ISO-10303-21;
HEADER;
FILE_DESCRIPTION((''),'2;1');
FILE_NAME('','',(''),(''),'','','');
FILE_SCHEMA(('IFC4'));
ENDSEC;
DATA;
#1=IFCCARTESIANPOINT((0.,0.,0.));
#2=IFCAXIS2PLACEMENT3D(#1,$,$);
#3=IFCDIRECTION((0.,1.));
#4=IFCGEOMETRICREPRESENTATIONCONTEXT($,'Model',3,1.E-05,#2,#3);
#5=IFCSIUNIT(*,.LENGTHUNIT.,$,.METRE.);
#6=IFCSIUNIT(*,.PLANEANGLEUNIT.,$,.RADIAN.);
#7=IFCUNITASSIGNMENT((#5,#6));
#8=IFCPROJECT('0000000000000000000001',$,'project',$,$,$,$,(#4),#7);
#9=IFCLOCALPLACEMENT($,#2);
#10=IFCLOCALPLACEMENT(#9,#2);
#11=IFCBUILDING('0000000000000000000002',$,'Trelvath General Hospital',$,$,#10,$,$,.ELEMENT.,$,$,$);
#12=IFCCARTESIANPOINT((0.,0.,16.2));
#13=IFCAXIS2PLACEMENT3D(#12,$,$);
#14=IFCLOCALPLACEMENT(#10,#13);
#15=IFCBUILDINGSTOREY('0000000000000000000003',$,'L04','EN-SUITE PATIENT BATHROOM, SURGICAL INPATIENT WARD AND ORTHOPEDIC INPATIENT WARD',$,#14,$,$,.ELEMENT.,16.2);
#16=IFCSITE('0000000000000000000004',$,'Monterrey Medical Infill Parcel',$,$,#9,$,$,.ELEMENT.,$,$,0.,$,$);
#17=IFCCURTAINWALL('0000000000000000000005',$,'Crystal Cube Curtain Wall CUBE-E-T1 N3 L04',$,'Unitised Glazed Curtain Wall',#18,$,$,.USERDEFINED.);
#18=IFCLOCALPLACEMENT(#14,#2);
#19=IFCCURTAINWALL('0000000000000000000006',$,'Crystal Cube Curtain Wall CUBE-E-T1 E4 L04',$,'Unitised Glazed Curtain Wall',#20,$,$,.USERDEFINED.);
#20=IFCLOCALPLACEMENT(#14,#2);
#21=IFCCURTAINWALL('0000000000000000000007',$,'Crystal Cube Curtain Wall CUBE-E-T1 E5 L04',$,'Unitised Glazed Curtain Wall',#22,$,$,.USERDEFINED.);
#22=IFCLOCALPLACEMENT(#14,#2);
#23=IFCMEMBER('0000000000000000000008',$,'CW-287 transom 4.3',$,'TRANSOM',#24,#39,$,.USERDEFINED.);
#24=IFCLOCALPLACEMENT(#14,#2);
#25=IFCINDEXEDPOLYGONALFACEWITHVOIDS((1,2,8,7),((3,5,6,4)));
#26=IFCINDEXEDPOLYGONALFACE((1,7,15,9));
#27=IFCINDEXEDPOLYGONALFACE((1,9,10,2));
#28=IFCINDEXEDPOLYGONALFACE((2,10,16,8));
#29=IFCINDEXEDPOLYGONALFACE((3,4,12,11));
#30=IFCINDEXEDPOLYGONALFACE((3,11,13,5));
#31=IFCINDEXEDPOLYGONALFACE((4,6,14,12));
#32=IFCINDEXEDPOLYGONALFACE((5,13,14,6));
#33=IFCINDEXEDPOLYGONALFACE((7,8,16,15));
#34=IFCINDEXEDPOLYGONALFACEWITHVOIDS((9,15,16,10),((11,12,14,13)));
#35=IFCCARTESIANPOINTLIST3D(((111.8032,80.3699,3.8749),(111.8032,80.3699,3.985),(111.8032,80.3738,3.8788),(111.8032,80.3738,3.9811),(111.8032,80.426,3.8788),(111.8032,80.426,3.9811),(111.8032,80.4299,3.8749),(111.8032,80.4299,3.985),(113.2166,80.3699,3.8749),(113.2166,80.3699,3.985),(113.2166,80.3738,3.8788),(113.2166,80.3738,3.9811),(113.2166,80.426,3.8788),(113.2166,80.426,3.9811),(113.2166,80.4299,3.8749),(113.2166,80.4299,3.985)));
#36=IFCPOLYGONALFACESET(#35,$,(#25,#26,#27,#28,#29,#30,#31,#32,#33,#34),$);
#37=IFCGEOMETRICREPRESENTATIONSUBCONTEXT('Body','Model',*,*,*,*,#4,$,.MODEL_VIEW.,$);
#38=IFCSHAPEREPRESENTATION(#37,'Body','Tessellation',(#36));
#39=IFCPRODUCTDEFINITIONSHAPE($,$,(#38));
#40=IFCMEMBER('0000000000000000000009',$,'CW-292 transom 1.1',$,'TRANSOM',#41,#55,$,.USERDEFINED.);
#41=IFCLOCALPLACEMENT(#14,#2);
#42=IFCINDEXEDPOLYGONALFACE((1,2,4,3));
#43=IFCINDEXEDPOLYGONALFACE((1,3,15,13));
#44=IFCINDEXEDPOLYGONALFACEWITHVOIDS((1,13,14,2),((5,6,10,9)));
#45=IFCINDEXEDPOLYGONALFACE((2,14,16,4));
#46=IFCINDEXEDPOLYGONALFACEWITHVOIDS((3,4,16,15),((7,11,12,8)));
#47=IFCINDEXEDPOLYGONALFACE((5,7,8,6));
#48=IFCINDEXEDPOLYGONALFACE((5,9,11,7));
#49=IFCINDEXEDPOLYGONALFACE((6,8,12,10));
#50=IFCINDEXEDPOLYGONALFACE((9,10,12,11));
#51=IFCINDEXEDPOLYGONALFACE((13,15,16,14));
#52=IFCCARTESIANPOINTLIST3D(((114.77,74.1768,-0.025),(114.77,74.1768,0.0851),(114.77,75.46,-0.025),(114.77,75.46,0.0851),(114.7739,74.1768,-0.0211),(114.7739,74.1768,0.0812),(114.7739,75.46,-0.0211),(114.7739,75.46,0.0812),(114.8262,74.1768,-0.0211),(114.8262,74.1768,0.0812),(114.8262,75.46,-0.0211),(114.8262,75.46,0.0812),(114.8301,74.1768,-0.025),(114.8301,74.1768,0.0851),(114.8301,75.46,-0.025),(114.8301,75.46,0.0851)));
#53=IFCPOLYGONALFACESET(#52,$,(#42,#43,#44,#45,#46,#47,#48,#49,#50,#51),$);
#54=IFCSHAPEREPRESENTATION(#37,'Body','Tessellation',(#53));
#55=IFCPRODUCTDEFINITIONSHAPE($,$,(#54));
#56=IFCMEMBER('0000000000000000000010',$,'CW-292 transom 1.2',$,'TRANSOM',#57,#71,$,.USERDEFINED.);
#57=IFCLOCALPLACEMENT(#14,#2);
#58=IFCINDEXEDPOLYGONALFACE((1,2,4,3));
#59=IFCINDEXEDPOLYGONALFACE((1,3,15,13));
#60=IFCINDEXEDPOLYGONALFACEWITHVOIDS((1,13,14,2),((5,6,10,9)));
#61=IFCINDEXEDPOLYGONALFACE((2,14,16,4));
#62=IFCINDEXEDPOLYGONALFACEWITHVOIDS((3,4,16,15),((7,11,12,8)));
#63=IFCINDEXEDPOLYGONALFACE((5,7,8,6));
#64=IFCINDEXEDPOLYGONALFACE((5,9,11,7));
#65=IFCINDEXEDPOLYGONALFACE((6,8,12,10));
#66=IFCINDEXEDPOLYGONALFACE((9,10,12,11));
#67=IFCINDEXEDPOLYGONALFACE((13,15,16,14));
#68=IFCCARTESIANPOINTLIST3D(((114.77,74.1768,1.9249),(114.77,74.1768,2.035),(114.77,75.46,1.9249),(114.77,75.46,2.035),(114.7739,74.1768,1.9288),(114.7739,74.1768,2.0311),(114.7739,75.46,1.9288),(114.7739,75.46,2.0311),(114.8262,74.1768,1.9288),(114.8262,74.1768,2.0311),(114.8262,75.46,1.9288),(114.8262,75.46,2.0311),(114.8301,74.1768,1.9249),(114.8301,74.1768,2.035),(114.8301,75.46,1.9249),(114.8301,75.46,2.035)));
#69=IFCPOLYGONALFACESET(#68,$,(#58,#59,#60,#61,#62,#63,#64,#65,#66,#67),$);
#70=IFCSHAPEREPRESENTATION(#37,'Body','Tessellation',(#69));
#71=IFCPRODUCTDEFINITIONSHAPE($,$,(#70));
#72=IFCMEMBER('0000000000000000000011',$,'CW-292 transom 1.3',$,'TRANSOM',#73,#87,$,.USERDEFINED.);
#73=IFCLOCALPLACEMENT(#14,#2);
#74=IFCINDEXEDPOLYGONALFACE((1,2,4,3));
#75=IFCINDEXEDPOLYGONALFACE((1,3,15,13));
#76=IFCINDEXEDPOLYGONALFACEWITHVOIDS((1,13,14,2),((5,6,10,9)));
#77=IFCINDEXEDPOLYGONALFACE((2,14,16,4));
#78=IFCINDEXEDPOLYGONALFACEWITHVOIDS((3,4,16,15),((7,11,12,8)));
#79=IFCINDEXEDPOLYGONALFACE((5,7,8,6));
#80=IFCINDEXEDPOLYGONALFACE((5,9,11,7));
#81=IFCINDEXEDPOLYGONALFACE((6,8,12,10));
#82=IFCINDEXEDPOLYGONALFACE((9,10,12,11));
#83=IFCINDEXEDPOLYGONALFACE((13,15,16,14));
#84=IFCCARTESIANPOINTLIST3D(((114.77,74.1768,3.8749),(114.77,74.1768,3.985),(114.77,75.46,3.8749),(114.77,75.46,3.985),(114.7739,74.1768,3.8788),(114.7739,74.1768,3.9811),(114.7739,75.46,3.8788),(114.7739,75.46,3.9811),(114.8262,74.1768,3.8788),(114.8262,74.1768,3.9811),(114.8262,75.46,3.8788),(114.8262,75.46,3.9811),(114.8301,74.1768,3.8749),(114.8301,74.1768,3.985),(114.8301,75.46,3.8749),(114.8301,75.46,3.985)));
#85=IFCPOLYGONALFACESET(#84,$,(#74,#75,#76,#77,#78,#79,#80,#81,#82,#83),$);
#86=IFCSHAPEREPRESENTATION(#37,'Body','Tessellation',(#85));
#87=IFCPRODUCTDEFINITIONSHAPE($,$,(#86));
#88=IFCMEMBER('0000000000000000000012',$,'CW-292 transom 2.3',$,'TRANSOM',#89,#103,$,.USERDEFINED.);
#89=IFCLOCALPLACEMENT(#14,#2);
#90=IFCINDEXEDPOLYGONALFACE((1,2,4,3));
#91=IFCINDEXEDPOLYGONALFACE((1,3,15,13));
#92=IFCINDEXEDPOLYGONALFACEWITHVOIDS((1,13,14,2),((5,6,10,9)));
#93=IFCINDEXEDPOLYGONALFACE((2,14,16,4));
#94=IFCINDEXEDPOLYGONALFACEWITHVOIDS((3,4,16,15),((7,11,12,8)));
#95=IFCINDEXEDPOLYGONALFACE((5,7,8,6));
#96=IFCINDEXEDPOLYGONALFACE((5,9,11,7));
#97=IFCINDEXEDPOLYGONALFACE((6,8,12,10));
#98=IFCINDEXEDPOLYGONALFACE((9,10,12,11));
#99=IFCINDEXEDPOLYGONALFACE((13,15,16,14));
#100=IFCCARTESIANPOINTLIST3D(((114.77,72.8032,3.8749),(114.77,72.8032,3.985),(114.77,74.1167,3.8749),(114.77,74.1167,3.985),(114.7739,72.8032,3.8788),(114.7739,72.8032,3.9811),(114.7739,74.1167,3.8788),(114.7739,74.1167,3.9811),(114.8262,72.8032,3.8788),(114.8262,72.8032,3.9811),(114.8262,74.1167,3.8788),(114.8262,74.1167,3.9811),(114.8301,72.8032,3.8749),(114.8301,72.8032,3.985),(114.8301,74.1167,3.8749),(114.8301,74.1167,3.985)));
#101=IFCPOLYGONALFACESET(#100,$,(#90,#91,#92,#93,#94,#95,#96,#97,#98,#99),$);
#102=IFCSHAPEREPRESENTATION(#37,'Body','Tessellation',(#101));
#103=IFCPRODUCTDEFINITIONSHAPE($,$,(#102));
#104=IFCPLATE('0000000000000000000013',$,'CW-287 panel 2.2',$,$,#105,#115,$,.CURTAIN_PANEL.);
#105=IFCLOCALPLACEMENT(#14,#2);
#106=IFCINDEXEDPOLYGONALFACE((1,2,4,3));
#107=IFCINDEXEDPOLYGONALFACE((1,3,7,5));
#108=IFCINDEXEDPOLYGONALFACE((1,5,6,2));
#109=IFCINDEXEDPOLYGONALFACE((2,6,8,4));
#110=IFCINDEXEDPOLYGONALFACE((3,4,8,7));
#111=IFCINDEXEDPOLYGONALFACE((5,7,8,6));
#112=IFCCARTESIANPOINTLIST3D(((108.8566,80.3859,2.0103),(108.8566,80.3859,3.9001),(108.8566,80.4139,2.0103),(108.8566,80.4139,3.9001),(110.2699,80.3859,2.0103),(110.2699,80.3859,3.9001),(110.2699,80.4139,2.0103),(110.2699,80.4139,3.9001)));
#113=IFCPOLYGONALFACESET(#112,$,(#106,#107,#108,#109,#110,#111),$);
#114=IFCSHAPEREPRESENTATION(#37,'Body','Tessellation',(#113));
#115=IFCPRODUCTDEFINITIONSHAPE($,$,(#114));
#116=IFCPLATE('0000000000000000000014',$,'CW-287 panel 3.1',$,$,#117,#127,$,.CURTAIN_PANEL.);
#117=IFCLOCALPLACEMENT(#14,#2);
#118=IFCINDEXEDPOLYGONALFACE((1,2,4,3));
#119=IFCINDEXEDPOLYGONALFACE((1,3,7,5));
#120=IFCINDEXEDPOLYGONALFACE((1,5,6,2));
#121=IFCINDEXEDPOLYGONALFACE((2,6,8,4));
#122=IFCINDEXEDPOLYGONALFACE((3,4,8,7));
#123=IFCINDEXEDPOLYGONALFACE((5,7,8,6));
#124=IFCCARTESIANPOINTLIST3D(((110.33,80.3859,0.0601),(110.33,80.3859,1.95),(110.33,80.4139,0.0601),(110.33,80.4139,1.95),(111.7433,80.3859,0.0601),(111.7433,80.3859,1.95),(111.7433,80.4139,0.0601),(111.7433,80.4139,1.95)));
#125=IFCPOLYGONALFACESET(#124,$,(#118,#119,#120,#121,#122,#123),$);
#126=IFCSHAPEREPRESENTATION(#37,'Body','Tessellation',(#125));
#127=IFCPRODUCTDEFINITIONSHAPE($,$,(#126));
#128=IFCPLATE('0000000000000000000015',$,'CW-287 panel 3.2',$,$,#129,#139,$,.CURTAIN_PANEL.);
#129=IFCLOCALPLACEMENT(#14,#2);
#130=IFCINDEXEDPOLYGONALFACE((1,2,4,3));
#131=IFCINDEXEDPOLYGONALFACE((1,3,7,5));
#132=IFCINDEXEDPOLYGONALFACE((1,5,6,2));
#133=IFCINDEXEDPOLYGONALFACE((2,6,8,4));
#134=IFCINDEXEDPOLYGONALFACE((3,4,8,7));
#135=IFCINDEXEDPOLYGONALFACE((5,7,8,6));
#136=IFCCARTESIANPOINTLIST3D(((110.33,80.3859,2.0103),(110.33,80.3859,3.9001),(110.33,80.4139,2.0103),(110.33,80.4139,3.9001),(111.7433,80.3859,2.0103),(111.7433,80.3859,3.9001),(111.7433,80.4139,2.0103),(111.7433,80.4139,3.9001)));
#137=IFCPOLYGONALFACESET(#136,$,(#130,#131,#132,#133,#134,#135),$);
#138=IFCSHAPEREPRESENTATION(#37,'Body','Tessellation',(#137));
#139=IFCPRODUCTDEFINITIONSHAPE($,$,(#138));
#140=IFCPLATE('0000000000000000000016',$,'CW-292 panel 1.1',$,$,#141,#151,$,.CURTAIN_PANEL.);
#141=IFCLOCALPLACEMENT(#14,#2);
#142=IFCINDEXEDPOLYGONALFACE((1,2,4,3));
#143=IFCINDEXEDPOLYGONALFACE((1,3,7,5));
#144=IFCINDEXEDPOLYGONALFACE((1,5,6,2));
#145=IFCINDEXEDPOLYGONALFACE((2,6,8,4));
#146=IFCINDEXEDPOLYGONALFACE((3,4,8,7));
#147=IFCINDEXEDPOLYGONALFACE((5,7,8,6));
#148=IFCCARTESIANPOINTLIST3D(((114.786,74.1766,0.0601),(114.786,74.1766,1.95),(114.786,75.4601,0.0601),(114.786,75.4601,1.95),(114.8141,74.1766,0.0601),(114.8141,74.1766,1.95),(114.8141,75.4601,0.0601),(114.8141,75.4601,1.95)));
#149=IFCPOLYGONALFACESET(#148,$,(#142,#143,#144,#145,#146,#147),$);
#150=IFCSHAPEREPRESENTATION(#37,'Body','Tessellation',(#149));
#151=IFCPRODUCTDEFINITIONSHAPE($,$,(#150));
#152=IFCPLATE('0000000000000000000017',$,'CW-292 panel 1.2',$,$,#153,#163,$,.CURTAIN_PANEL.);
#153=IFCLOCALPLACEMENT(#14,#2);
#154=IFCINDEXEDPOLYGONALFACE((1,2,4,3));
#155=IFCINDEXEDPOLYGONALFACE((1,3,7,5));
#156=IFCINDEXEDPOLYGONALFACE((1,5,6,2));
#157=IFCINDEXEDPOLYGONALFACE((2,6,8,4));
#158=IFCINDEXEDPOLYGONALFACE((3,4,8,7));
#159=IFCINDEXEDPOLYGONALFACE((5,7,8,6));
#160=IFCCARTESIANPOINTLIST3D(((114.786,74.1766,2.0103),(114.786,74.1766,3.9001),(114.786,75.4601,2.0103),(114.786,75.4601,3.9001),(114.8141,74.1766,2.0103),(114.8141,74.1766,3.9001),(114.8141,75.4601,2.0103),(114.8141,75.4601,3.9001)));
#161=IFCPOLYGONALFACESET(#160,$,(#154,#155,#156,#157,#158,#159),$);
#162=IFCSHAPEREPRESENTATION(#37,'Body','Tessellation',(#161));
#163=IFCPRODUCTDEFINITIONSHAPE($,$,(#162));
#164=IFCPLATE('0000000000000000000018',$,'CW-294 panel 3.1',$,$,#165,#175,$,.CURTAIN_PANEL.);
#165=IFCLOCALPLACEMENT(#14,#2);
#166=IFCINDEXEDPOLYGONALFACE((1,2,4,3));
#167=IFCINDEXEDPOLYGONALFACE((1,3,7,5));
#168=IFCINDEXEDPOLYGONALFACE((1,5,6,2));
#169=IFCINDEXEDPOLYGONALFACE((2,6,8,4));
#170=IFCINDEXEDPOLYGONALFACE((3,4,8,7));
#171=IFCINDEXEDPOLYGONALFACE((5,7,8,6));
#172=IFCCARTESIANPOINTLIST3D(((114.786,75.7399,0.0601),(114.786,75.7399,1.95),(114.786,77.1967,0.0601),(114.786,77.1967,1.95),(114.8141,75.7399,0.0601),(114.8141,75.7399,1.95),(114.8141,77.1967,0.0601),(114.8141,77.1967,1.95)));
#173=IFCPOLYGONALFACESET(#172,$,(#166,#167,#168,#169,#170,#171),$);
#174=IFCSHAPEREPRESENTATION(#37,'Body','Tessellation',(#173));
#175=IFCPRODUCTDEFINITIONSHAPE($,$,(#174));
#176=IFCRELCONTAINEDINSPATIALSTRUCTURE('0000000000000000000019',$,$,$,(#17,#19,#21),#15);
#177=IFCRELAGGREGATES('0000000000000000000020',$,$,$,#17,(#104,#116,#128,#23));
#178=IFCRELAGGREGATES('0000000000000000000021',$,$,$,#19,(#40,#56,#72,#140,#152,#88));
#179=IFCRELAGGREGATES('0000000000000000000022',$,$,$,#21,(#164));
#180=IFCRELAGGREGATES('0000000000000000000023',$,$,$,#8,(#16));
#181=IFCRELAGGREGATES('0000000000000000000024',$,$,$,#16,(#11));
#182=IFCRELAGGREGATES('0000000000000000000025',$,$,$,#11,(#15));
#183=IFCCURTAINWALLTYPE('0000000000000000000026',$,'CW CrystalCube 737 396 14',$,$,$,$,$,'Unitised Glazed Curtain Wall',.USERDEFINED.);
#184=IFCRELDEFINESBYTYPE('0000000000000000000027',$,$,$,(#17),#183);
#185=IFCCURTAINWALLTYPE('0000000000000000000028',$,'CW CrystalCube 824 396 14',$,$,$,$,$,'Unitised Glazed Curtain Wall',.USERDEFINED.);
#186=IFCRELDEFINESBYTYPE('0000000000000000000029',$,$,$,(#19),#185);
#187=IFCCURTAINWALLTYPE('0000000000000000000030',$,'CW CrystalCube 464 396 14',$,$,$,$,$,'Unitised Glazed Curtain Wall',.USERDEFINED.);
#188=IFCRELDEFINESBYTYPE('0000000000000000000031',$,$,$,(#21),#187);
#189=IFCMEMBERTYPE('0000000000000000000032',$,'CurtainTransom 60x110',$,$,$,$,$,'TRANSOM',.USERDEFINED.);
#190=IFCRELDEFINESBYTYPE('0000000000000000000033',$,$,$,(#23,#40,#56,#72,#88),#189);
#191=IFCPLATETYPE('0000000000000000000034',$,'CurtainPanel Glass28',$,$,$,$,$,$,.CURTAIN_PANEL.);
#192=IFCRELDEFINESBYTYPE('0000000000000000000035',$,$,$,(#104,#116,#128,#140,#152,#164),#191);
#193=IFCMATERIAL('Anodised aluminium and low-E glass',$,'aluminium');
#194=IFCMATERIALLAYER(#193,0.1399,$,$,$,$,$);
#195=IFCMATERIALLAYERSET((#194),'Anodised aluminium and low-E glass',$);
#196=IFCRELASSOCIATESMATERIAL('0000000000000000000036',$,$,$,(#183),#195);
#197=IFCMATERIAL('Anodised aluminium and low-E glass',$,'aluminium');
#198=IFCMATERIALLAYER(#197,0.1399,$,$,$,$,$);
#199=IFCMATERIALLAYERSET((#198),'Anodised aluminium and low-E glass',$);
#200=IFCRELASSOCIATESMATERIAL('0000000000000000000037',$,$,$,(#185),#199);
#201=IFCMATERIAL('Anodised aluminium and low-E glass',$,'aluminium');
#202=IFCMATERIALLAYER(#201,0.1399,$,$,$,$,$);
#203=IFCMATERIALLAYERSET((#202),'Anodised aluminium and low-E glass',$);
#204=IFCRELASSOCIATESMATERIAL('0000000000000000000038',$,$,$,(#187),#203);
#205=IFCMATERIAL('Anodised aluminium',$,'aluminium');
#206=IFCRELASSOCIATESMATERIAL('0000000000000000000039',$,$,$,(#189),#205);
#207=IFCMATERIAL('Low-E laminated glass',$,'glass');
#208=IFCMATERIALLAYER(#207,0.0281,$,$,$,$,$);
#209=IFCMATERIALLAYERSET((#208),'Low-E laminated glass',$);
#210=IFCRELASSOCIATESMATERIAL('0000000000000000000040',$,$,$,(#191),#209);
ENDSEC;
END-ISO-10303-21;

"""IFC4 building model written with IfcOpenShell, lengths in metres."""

from ifc_helpers import new_model, si_unit, direction, frame, origin, origin_2d, place, context, subcontext, project, spatial, rectangle, hollow_rectangle, extrude, material, layer, layer_set, material_profile, profile_set, type_object, element, aggregate, save


model = new_model("IFC4")

# Units and contexts
model_context = context("Model", 3, precision=1e-05, world=origin(), true_north=direction((0.0, 1.0)))
body_context = subcontext(model_context, "Body", "Model", "MODEL_VIEW")
ifc_project = project(units=[si_unit("LENGTHUNIT", "METRE"), si_unit("PLANEANGLEUNIT", "RADIAN")], contexts=[model_context])

# Site, building, storey
site_placement = place(None, origin())
site = spatial("IfcSite", under=ifc_project, at=site_placement, Name="Monterrey Medical Infill Parcel", CompositionType="ELEMENT", RefElevation=0.0)
building_placement = place(site_placement, origin())
building = spatial("IfcBuilding", under=site, at=building_placement, Name="Trelvath General Hospital", CompositionType="ELEMENT")
storey_placement = place(building_placement, frame((0.0, 0.0, 16.2)))
storey = spatial("IfcBuildingStorey", under=building, at=storey_placement, Name="L04", Description="EN-SUITE PATIENT BATHROOM, SURGICAL INPATIENT WARD AND ORTHOPEDIC INPATIENT WARD", CompositionType="ELEMENT", Elevation=16.2)

# Curtain walls
ifc_material_1 = material(Name="Anodised aluminium and low-E glass", Category="aluminium")
ifc_layer_1 = layer(ifc_material_1, 0.1399)
ifc_layer_set_1 = layer_set([ifc_layer_1], Name="Anodised aluminium and low-E glass")
curtain_wall_type_1 = type_object("IfcCurtainWallType", Name="CW CrystalCube 737 396 14", ElementType="Unitised Glazed Curtain Wall", PredefinedType="USERDEFINED", material=ifc_layer_set_1)
curtain_wall_1_placement = place(storey_placement, origin())
curtain_wall_1 = element("IfcCurtainWall", 1, at=curtain_wall_1_placement, inside=storey, type_object=curtain_wall_type_1, Name="Crystal Cube Curtain Wall CUBE-E-T1 N3 L04", ObjectType="Unitised Glazed Curtain Wall", PredefinedType="USERDEFINED")
ifc_material_2 = material(Name="Anodised aluminium and low-E glass", Category="aluminium")
ifc_layer_2 = layer(ifc_material_2, 0.1399)
ifc_layer_set_2 = layer_set([ifc_layer_2], Name="Anodised aluminium and low-E glass")
curtain_wall_type_2 = type_object("IfcCurtainWallType", Name="CW CrystalCube 824 396 14", ElementType="Unitised Glazed Curtain Wall", PredefinedType="USERDEFINED", material=ifc_layer_set_2)
curtain_wall_2_placement = place(storey_placement, origin())
curtain_wall_2 = element("IfcCurtainWall", 2, at=curtain_wall_2_placement, inside=storey, type_object=curtain_wall_type_2, Name="Crystal Cube Curtain Wall CUBE-E-T1 E4 L04", ObjectType="Unitised Glazed Curtain Wall", PredefinedType="USERDEFINED")

# Curtain wall
ifc_material_3 = material(Name="Anodised aluminium and low-E glass", Category="aluminium")
ifc_layer_3 = layer(ifc_material_3, 0.1399)
ifc_layer_set_3 = layer_set([ifc_layer_3], Name="Anodised aluminium and low-E glass")
curtain_wall_type_3 = type_object("IfcCurtainWallType", Name="CW CrystalCube 464 396 14", ElementType="Unitised Glazed Curtain Wall", PredefinedType="USERDEFINED", material=ifc_layer_set_3)
curtain_wall_3_placement = place(storey_placement, origin())
curtain_wall_3 = element("IfcCurtainWall", 3, at=curtain_wall_3_placement, inside=storey, type_object=curtain_wall_type_3, Name="Crystal Cube Curtain Wall CUBE-E-T1 E5 L04", ObjectType="Unitised Glazed Curtain Wall", PredefinedType="USERDEFINED")

# Members
ifc_material_4 = material(Name="Anodised aluminium", Category="aluminium")
ifc_material_profile_1 = material_profile(ifc_material_4, hollow_rectangle(XDim=0.0601, YDim=0.1101, WallThickness=0.0039, at=origin_2d()), Name="RHS60x110x4")
ifc_profile_set_1 = profile_set([ifc_material_profile_1], Name="Anodised aluminium")
member_type_1 = type_object("IfcMemberType", Name="CurtainTransom 60x110", ElementType="TRANSOM", PredefinedType="USERDEFINED", material=ifc_profile_set_1)
member_1_placement = place(storey_placement, frame((111.8032, 80.3999, 3.9299), z_axis=(1.0, 0.0, 0.0), x_axis=(0.0, 1.0, 0.0)))
member_1 = element("IfcMember", 4, at=member_1_placement, type_object=member_type_1, Name="CW-287 transom 4.3", ObjectType="TRANSOM", PredefinedType="USERDEFINED", context=body_context, shape_type="SweptSolid", body=[
    extrude(hollow_rectangle(XDim=0.0601, YDim=0.1101, WallThickness=0.0039, at=origin_2d()), origin(), (0.0, 0.0, 1.0), 1.4133),
])
member_2_placement = place(storey_placement, frame((114.8, 75.46, 0.03), z_axis=(0.0, -1.0, 0.0), x_axis=(1.0, 0.0, 0.0)))
member_2 = element("IfcMember", 5, at=member_2_placement, type_object=member_type_1, Name="CW-292 transom 1.1", ObjectType="TRANSOM", PredefinedType="USERDEFINED", context=body_context, shape_type="SweptSolid", body=[
    extrude(hollow_rectangle(XDim=0.0601, YDim=0.1101, WallThickness=0.0039, at=origin_2d()), origin(), (0.0, 0.0, 1.0), 1.2832),
])
member_3_placement = place(storey_placement, frame((114.8, 75.46, 1.98), z_axis=(0.0, -1.0, 0.0), x_axis=(1.0, 0.0, 0.0)))
member_3 = element("IfcMember", 6, at=member_3_placement, type_object=member_type_1, Name="CW-292 transom 1.2", ObjectType="TRANSOM", PredefinedType="USERDEFINED", context=body_context, shape_type="SweptSolid", body=[
    extrude(hollow_rectangle(XDim=0.0601, YDim=0.1101, WallThickness=0.0039, at=origin_2d()), origin(), (0.0, 0.0, 1.0), 1.2832),
])
member_4_placement = place(storey_placement, frame((114.8, 75.46, 3.9299), z_axis=(0.0, -1.0, 0.0), x_axis=(1.0, 0.0, 0.0)))
member_4 = element("IfcMember", 7, at=member_4_placement, type_object=member_type_1, Name="CW-292 transom 1.3", ObjectType="TRANSOM", PredefinedType="USERDEFINED", context=body_context, shape_type="SweptSolid", body=[
    extrude(hollow_rectangle(XDim=0.0601, YDim=0.1101, WallThickness=0.0039, at=origin_2d()), origin(), (0.0, 0.0, 1.0), 1.2832),
])
member_5_placement = place(storey_placement, frame((114.8, 74.1167, 3.9299), z_axis=(0.0, -1.0, 0.0), x_axis=(1.0, 0.0, 0.0)))
member_5 = element("IfcMember", 8, at=member_5_placement, type_object=member_type_1, Name="CW-292 transom 2.3", ObjectType="TRANSOM", PredefinedType="USERDEFINED", context=body_context, shape_type="SweptSolid", body=[
    extrude(hollow_rectangle(XDim=0.0601, YDim=0.1101, WallThickness=0.0039, at=origin_2d()), origin(), (0.0, 0.0, 1.0), 1.3135),
])

# Plates
ifc_material_5 = material(Name="Low-E laminated glass", Category="glass")
ifc_layer_4 = layer(ifc_material_5, 0.0281)
ifc_layer_set_4 = layer_set([ifc_layer_4], Name="Low-E laminated glass")
plate_type = type_object("IfcPlateType", Name="CurtainPanel Glass28", PredefinedType="CURTAIN_PANEL", material=ifc_layer_set_4)
plate_1_placement = place(storey_placement, frame((109.5632, 80.3999, 2.0103), z_axis=(0.0, 0.0, 1.0), x_axis=(1.0, 0.0, 0.0)))
plate_1 = element("IfcPlate", 9, at=plate_1_placement, type_object=plate_type, Name="CW-287 panel 2.2", PredefinedType="CURTAIN_PANEL", context=body_context, shape_type="SweptSolid", body=[
    extrude(rectangle(XDim=1.4133, YDim=0.0281, at=origin_2d()), origin(), (0.0, 0.0, 1.0), 1.8899),
])
plate_2_placement = place(storey_placement, frame((111.0366, 80.3999, 0.0601), z_axis=(0.0, 0.0, 1.0), x_axis=(1.0, 0.0, 0.0)))
plate_2 = element("IfcPlate", 10, at=plate_2_placement, type_object=plate_type, Name="CW-287 panel 3.1", PredefinedType="CURTAIN_PANEL", context=body_context, shape_type="SweptSolid", body=[
    extrude(rectangle(XDim=1.4133, YDim=0.0281, at=origin_2d()), origin(), (0.0, 0.0, 1.0), 1.8899),
])
plate_3_placement = place(storey_placement, frame((111.0366, 80.3999, 2.0103), z_axis=(0.0, 0.0, 1.0), x_axis=(1.0, 0.0, 0.0)))
plate_3 = element("IfcPlate", 11, at=plate_3_placement, type_object=plate_type, Name="CW-287 panel 3.2", PredefinedType="CURTAIN_PANEL", context=body_context, shape_type="SweptSolid", body=[
    extrude(rectangle(XDim=1.4133, YDim=0.0281, at=origin_2d()), origin(), (0.0, 0.0, 1.0), 1.8899),
])
aggregate(curtain_wall_1, [plate_1, plate_2, plate_3, member_1])
plate_4_placement = place(storey_placement, frame((114.8, 74.8184, 0.0601), z_axis=(0.0, 0.0, 1.0), x_axis=(0.0, -1.0, 0.0)))
plate_4 = element("IfcPlate", 12, at=plate_4_placement, type_object=plate_type, Name="CW-292 panel 1.1", PredefinedType="CURTAIN_PANEL", context=body_context, shape_type="SweptSolid", body=[
    extrude(rectangle(XDim=1.2834, YDim=0.0281, at=origin_2d()), origin(), (0.0, 0.0, 1.0), 1.8899),
])
plate_5_placement = place(storey_placement, frame((114.8, 74.8184, 2.0103), z_axis=(0.0, 0.0, 1.0), x_axis=(0.0, -1.0, 0.0)))
plate_5 = element("IfcPlate", 13, at=plate_5_placement, type_object=plate_type, Name="CW-292 panel 1.2", PredefinedType="CURTAIN_PANEL", context=body_context, shape_type="SweptSolid", body=[
    extrude(rectangle(XDim=1.2834, YDim=0.0281, at=origin_2d()), origin(), (0.0, 0.0, 1.0), 1.8899),
])
aggregate(curtain_wall_2, [member_2, member_3, member_4, plate_4, plate_5, member_5])
plate_6_placement = place(storey_placement, frame((114.8, 76.4683, 0.0601), z_axis=(0.0, 0.0, 1.0), x_axis=(0.0, -1.0, 0.0)))
plate_6 = element("IfcPlate", 14, at=plate_6_placement, type_object=plate_type, Name="CW-294 panel 3.1", PredefinedType="CURTAIN_PANEL", context=body_context, shape_type="SweptSolid", body=[
    extrude(rectangle(XDim=1.4568, YDim=0.0281, at=origin_2d()), origin(), (0.0, 0.0, 1.0), 1.8899),
])
aggregate(curtain_wall_3, [plate_6])

save(model, "model.ifc")
